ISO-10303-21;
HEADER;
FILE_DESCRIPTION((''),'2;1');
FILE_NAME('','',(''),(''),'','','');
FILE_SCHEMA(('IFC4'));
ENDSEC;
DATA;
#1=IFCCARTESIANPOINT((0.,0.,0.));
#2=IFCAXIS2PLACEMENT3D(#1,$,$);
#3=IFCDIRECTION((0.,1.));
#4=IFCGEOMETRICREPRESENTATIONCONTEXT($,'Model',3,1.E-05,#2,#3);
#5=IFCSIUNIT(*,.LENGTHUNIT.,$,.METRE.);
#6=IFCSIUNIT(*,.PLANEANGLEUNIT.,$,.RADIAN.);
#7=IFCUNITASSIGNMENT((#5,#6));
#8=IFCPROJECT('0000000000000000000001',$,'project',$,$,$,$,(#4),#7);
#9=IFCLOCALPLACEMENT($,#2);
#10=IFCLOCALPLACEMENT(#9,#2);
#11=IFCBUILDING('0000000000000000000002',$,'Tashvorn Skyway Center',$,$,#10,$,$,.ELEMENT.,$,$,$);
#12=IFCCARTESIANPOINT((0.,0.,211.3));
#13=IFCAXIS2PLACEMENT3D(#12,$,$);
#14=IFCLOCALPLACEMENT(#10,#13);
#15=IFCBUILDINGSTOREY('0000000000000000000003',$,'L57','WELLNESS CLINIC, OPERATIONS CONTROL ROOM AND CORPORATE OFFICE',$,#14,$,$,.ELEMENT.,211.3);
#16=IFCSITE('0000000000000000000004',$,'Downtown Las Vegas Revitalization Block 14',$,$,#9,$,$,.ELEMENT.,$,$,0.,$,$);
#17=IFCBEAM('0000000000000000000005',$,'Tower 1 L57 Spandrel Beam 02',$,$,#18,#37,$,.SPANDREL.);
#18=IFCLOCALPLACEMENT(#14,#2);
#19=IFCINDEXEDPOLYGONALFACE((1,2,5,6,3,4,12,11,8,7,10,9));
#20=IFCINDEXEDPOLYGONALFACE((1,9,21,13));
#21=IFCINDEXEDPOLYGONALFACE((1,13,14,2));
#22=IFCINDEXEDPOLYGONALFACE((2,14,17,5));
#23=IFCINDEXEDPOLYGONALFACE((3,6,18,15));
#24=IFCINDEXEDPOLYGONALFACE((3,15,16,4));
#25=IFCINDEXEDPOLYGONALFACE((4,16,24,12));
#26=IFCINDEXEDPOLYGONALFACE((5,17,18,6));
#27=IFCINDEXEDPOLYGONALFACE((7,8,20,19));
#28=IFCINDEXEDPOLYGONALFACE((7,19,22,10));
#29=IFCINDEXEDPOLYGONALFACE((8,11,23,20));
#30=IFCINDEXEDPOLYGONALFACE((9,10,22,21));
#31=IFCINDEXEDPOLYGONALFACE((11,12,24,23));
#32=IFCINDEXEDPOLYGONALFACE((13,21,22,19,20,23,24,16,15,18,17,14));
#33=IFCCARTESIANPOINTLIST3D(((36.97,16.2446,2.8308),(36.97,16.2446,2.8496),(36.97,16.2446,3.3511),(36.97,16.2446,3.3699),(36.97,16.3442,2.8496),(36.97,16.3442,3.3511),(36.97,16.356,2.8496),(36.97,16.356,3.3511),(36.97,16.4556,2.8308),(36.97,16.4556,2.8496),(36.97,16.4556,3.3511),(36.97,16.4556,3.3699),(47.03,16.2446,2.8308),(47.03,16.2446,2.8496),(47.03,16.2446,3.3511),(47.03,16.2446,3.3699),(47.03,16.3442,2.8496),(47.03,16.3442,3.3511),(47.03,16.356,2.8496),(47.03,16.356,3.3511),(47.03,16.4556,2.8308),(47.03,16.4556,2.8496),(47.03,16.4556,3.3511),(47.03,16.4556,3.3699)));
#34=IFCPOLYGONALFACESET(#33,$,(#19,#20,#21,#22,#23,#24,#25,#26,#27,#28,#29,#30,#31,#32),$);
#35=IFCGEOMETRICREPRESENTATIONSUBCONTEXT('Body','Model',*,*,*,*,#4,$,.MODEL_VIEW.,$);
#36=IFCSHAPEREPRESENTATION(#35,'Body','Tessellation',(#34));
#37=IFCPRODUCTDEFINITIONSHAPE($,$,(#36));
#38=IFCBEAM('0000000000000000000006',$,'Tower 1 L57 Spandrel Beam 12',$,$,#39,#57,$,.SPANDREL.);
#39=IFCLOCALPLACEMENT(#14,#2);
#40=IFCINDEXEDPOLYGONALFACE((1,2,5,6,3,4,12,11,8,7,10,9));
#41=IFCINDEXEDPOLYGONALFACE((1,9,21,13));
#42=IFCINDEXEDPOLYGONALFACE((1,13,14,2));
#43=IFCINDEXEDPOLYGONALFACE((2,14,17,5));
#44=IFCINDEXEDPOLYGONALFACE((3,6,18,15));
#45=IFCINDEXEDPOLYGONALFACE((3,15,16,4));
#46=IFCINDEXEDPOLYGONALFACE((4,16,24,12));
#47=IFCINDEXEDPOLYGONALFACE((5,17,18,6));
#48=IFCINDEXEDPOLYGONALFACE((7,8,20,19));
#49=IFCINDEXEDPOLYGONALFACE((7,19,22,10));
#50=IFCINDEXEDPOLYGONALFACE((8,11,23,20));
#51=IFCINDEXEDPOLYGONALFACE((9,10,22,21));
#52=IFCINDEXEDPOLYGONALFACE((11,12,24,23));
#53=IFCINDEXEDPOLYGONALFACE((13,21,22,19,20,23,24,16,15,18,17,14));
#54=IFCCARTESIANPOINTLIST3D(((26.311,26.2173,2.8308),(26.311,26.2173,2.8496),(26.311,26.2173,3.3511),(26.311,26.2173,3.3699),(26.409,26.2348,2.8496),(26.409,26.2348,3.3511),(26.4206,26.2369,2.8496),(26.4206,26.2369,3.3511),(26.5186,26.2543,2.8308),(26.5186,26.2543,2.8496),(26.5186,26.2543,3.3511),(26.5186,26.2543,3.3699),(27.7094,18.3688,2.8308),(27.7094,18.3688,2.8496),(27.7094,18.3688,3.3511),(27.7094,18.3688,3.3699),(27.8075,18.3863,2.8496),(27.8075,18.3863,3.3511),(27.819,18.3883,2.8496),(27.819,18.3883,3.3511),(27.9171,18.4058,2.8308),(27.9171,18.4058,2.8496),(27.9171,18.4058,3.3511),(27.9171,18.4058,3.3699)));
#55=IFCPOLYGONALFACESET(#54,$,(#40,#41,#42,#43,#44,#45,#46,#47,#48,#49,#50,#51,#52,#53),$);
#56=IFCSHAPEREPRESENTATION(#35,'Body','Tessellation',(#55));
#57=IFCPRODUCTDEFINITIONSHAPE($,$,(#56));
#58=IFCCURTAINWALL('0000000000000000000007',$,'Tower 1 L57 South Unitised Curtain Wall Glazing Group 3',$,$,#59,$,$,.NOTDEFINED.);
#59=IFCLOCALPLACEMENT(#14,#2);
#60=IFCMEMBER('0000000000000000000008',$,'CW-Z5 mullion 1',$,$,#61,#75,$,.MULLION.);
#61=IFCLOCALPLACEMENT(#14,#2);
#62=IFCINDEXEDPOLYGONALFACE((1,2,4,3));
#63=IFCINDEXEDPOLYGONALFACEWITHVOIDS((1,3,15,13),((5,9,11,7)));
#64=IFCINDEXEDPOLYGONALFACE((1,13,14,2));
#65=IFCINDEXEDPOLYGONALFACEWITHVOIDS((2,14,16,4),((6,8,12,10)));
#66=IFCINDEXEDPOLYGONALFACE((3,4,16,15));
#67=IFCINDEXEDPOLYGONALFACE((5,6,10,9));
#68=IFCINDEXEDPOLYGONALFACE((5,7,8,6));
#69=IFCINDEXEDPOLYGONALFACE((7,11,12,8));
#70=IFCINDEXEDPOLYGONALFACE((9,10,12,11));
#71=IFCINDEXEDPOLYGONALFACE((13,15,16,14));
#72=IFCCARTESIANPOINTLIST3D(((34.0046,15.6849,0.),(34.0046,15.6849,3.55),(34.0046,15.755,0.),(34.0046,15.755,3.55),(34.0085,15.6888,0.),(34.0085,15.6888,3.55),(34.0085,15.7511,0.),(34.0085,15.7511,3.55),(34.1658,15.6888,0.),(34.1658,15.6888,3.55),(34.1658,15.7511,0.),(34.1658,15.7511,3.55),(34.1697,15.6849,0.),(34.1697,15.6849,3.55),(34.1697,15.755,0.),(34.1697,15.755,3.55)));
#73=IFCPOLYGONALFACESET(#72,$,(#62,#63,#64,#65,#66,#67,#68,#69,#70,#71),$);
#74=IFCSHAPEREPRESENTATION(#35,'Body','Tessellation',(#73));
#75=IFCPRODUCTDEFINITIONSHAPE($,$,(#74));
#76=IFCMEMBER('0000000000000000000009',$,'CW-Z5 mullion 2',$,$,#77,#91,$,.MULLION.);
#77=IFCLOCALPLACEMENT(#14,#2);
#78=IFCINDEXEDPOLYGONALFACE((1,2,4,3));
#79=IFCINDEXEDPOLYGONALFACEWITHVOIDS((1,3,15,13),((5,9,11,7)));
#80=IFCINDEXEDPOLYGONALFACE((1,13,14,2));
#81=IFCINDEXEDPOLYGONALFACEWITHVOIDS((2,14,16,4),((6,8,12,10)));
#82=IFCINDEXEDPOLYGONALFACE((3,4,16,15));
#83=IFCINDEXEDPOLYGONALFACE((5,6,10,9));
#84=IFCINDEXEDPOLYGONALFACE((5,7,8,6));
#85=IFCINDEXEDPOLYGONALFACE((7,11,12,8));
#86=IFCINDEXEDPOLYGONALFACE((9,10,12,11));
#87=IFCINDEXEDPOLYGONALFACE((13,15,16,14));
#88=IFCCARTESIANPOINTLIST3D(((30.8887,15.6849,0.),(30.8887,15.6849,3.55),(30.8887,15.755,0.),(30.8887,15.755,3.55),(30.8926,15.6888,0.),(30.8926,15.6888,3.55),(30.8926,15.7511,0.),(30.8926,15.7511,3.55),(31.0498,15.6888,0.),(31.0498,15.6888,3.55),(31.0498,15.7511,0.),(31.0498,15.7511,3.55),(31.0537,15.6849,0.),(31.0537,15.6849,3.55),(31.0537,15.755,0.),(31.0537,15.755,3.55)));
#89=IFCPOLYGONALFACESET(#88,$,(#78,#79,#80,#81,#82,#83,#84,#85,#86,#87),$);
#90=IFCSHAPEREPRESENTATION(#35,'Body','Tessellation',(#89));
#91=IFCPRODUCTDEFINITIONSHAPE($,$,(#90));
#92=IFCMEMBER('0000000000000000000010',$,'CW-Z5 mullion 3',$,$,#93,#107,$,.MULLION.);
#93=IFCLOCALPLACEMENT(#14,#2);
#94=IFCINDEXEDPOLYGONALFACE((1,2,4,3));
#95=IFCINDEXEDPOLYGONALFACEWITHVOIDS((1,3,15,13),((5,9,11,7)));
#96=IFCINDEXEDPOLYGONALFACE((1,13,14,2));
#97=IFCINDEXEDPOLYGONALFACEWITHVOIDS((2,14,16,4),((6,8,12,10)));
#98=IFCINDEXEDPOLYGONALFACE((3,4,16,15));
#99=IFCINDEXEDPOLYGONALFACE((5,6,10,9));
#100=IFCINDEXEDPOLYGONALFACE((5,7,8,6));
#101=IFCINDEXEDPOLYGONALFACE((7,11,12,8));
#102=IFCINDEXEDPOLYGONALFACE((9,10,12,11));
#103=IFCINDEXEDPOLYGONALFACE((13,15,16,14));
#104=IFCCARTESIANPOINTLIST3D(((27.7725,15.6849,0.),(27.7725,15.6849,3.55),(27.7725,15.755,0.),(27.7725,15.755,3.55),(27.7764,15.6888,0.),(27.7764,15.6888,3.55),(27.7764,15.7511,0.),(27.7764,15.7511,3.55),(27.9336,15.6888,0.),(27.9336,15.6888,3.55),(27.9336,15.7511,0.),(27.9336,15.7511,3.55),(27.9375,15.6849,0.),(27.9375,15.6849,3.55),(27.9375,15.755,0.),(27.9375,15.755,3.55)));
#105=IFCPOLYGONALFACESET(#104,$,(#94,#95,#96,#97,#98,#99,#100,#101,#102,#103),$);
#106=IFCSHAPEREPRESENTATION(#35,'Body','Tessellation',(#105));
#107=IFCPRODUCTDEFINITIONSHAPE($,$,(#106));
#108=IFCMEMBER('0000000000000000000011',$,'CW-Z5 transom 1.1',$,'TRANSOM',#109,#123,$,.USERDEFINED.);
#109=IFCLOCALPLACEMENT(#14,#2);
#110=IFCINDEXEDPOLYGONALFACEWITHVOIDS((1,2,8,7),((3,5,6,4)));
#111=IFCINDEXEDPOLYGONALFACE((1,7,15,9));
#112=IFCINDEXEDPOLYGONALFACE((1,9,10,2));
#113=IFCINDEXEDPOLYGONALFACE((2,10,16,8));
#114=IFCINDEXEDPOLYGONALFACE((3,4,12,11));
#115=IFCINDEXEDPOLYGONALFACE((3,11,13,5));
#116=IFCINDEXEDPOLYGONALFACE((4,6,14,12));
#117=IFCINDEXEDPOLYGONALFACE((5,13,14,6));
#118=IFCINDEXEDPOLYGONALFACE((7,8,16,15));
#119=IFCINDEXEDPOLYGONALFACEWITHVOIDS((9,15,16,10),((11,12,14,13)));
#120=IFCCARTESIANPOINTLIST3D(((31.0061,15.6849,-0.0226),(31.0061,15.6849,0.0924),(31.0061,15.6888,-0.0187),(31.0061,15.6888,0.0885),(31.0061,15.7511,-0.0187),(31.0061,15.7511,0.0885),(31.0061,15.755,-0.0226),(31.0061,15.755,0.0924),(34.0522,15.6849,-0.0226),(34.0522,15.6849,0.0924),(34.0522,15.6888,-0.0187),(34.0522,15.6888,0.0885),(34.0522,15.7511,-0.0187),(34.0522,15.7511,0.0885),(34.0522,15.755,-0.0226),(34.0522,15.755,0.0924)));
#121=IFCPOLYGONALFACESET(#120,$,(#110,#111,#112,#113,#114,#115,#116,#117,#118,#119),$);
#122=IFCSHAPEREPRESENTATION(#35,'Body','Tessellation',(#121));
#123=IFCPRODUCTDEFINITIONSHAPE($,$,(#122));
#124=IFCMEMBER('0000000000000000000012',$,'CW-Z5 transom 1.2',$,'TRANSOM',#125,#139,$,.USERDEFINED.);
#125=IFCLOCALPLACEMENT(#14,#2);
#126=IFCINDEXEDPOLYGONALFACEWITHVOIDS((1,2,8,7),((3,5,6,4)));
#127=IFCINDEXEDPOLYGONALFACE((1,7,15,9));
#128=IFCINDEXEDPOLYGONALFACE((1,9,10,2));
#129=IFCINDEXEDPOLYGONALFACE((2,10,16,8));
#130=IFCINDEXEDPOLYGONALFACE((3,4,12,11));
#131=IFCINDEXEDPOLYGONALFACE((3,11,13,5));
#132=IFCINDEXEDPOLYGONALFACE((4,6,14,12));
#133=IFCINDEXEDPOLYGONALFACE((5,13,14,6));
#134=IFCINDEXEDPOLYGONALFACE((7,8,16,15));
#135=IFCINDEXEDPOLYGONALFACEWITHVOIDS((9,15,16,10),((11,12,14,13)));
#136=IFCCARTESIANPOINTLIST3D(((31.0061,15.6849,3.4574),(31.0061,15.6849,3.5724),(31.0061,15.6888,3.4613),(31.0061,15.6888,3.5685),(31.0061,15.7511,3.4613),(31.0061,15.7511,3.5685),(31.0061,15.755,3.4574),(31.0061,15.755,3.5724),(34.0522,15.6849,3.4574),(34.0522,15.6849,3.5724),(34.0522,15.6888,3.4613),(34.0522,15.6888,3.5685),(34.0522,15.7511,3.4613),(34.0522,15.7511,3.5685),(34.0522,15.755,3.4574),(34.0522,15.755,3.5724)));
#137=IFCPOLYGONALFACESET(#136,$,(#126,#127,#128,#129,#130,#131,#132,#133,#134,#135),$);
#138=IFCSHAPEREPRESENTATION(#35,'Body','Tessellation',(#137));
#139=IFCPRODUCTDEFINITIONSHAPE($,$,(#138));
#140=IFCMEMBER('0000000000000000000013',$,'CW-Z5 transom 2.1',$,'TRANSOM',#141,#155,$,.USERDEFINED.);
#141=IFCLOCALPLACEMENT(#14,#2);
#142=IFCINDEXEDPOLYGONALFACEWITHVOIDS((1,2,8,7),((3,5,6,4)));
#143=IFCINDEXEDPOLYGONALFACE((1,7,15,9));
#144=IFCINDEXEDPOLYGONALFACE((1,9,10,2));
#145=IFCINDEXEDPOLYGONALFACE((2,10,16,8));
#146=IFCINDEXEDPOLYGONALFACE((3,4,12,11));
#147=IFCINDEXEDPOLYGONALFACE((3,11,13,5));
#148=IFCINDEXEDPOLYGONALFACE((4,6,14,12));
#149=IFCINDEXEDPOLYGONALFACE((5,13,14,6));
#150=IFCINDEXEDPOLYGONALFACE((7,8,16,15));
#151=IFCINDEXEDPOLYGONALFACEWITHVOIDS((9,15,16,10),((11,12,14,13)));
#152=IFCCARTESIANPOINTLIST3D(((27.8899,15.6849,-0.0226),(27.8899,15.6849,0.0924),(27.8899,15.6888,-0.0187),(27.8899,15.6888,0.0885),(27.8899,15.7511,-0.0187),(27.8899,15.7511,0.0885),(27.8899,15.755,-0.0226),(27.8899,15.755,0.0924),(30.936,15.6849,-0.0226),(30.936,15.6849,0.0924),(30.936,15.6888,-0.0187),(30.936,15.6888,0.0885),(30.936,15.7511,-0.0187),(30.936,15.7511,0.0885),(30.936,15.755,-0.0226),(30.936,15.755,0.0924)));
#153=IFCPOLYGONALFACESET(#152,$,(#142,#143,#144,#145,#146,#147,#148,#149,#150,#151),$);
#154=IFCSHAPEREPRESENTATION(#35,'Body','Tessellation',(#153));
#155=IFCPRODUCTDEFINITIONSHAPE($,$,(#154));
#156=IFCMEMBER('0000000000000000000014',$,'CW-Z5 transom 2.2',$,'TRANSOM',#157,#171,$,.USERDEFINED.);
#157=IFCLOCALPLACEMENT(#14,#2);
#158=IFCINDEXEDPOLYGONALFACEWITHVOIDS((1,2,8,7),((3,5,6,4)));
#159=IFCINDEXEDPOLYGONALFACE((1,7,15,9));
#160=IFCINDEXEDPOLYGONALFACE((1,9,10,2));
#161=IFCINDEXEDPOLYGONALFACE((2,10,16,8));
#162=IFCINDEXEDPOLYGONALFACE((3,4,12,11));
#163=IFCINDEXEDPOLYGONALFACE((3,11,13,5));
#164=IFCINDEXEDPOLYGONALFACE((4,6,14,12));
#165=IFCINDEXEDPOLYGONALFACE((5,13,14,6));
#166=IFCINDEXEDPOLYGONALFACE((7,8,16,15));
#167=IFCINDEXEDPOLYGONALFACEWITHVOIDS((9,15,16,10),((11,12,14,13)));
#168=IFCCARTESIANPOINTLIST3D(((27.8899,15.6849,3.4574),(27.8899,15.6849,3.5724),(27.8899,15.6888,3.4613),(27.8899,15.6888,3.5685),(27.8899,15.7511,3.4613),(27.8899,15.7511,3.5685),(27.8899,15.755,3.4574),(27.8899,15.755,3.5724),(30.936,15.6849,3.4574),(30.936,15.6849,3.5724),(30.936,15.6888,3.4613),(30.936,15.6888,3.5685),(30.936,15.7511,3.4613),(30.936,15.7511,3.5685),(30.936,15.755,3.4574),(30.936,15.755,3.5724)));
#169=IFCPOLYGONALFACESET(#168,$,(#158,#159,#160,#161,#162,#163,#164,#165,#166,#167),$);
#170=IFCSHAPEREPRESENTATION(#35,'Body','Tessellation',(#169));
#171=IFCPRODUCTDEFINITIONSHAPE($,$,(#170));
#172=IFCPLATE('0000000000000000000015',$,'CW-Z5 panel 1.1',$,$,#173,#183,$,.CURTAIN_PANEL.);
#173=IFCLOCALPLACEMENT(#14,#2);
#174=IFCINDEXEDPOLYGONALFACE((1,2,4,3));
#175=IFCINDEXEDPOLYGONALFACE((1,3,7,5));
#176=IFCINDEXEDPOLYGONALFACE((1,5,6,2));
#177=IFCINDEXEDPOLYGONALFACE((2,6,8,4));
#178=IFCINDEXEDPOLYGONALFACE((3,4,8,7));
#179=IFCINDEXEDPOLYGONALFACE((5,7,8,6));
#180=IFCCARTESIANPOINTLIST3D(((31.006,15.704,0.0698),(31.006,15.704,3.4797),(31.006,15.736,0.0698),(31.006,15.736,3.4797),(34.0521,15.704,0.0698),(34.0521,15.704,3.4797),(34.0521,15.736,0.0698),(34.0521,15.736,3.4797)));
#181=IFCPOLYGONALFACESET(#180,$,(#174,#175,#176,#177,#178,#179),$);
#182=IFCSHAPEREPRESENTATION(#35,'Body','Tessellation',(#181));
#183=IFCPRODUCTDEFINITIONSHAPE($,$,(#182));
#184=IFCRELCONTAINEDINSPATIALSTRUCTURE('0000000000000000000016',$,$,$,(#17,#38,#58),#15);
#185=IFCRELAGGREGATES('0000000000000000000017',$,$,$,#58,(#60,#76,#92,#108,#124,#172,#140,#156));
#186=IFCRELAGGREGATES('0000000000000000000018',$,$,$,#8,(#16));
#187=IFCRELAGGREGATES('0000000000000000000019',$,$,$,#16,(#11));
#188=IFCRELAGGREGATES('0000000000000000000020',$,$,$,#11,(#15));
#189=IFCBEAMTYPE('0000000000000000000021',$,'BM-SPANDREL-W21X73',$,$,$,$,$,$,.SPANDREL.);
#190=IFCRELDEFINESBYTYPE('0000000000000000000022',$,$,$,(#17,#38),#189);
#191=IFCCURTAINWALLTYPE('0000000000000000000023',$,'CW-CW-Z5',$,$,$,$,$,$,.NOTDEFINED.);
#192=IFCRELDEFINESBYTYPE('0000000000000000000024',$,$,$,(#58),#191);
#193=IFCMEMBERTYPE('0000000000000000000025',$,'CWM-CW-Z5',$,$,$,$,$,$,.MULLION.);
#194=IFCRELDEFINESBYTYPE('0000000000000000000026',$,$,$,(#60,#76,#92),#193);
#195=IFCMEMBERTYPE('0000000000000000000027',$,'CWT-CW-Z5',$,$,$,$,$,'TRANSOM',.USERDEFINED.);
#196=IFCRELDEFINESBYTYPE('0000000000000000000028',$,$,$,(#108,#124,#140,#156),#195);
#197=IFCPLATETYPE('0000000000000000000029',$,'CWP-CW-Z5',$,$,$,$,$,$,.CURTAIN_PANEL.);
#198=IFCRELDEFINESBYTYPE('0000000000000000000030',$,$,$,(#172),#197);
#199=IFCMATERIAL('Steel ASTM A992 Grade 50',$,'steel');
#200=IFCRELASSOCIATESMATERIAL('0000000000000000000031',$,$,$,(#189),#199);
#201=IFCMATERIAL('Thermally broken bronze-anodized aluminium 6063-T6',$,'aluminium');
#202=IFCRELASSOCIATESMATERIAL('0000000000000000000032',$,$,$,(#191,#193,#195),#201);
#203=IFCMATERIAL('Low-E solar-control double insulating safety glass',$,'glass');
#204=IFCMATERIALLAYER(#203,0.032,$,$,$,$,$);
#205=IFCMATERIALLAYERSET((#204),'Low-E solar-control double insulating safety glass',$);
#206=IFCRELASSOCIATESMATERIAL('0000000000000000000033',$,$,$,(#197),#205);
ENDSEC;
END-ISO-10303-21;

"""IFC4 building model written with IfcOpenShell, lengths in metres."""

from ifc_helpers import new_model, si_unit, direction, frame, origin, origin_2d, place, context, subcontext, project, spatial, rectangle, hollow_rectangle, i_section, extrude, material, layer, layer_set, material_profile, profile_set, type_object, element, aggregate, save


model = new_model("IFC4")

# Units and contexts
model_context = context("Model", 3, precision=1e-05, world=origin(), true_north=direction((0.0, 1.0)))
body_context = subcontext(model_context, "Body", "Model", "MODEL_VIEW")
ifc_project = project(units=[si_unit("LENGTHUNIT", "METRE"), si_unit("PLANEANGLEUNIT", "RADIAN")], contexts=[model_context])

# Site, building, storey
site_placement = place(None, origin())
site = spatial("IfcSite", under=ifc_project, at=site_placement, Name="Downtown Las Vegas Revitalization Block 14", CompositionType="ELEMENT", RefElevation=0.0)
building_placement = place(site_placement, origin())
building = spatial("IfcBuilding", under=site, at=building_placement, Name="Tashvorn Skyway Center", CompositionType="ELEMENT")
storey_placement = place(building_placement, frame((0.0, 0.0, 211.3)))
storey = spatial("IfcBuildingStorey", under=building, at=storey_placement, Name="L57", Description="WELLNESS CLINIC, OPERATIONS CONTROL ROOM AND CORPORATE OFFICE", CompositionType="ELEMENT", Elevation=211.3)

# Beams
ifc_material_1 = material(Name="Steel ASTM A992 Grade 50", Category="steel")
ifc_material_profile_1 = material_profile(ifc_material_1, i_section(OverallWidth=0.2109, OverallDepth=0.5391, WebThickness=0.0117, FlangeThickness=0.0188, at=origin_2d()), Name="W21X73")
ifc_profile_set_1 = profile_set([ifc_material_profile_1], Name="Steel ASTM A992 Grade 50")
beam_type_1 = type_object("IfcBeamType", Name="BM-SPANDREL-W21X73", PredefinedType="SPANDREL", material=ifc_profile_set_1)
beam_1_placement = place(storey_placement, frame((36.97, 16.3501, 3.1003), z_axis=(1.0, 0.0, 0.0), x_axis=(0.0, 1.0, 0.0)))
element("IfcBeam", 1, at=beam_1_placement, inside=storey, type_object=beam_type_1, Name="Tower 1 L57 Spandrel Beam 02", PredefinedType="SPANDREL", context=body_context, shape_type="SweptSolid", body=[
    extrude(i_section(OverallWidth=0.2109, OverallDepth=0.5391, WebThickness=0.0117, FlangeThickness=0.0188, at=origin_2d()), origin(), (0.0, 0.0, 1.0), 10.0601),
])
beam_2_placement = place(storey_placement, frame((26.4148, 26.2358, 3.1003), z_axis=(0.175413, -0.984495, 0.0), x_axis=(0.984495, 0.175413, 0.0)))
element("IfcBeam", 2, at=beam_2_placement, inside=storey, type_object=beam_type_1, Name="Tower 1 L57 Spandrel Beam 12", PredefinedType="SPANDREL", context=body_context, shape_type="SweptSolid", body=[
    extrude(i_section(OverallWidth=0.2109, OverallDepth=0.5391, WebThickness=0.0117, FlangeThickness=0.0188, at=origin_2d()), origin(), (0.0, 0.0, 1.0), 7.9722),
])

# Curtain wall, members, plate
ifc_material_2 = material(Name="Thermally broken bronze-anodized aluminium 6063-T6", Category="aluminium")
curtain_wall_type = type_object("IfcCurtainWallType", Name="CW-CW-Z5", PredefinedType="NOTDEFINED", material=ifc_material_2)
curtain_wall_placement = place(storey_placement, origin())
curtain_wall = element("IfcCurtainWall", 3, at=curtain_wall_placement, inside=storey, type_object=curtain_wall_type, Name="Tower 1 L57 South Unitised Curtain Wall Glazing Group 3", PredefinedType="NOTDEFINED")
ifc_material_profile_2 = material_profile(ifc_material_2, hollow_rectangle(XDim=0.0701, YDim=0.165, WallThickness=0.0039, at=origin_2d()), Name="ALU-MULL-70x165")
ifc_profile_set_2 = profile_set([ifc_material_profile_2], Name="Thermally broken bronze-anodized aluminium 6063-T6")
member_type_1 = type_object("IfcMemberType", Name="CWM-CW-Z5", PredefinedType="MULLION", material=ifc_profile_set_2)
member_1_placement = place(storey_placement, frame((34.0872, 15.72, 0.0), z_axis=(0.0, 0.0, 1.0), x_axis=(0.0, -1.0, 0.0)))
member_1 = element("IfcMember", 4, at=member_1_placement, type_object=member_type_1, Name="CW-Z5 mullion 1", PredefinedType="MULLION", context=body_context, shape_type="SweptSolid", body=[
    extrude(hollow_rectangle(XDim=0.0701, YDim=0.165, WallThickness=0.0039, at=origin_2d()), origin(), (0.0, 0.0, 1.0), 3.55),
])
member_2_placement = place(storey_placement, frame((30.9712, 15.72, 0.0), z_axis=(0.0, 0.0, 1.0), x_axis=(0.0, -1.0, 0.0)))
member_2 = element("IfcMember", 5, at=member_2_placement, type_object=member_type_1, Name="CW-Z5 mullion 2", PredefinedType="MULLION", context=body_context, shape_type="SweptSolid", body=[
    extrude(hollow_rectangle(XDim=0.0701, YDim=0.165, WallThickness=0.0039, at=origin_2d()), origin(), (0.0, 0.0, 1.0), 3.55),
])
member_3_placement = place(storey_placement, frame((27.855, 15.72, 0.0), z_axis=(0.0, 0.0, 1.0), x_axis=(0.0, -1.0, 0.0)))
member_3 = element("IfcMember", 6, at=member_3_placement, type_object=member_type_1, Name="CW-Z5 mullion 3", PredefinedType="MULLION", context=body_context, shape_type="SweptSolid", body=[
    extrude(hollow_rectangle(XDim=0.0701, YDim=0.165, WallThickness=0.0039, at=origin_2d()), origin(), (0.0, 0.0, 1.0), 3.55),
])
ifc_material_profile_3 = material_profile(ifc_material_2, hollow_rectangle(XDim=0.0701, YDim=0.115, WallThickness=0.0039, at=origin_2d()), Name="ALU-TRAN-70x115")
ifc_profile_set_3 = profile_set([ifc_material_profile_3], Name="Thermally broken bronze-anodized aluminium 6063-T6")
member_type_2 = type_object("IfcMemberType", Name="CWT-CW-Z5", ElementType="TRANSOM", PredefinedType="USERDEFINED", material=ifc_profile_set_3)
member_4_placement = place(storey_placement, frame((34.0522, 15.72, 0.0349), z_axis=(-1.0, 0.0, 0.0), x_axis=(0.0, -1.0, 0.0)))
member_4 = element("IfcMember", 7, at=member_4_placement, type_object=member_type_2, Name="CW-Z5 transom 1.1", ObjectType="TRANSOM", PredefinedType="USERDEFINED", context=body_context, shape_type="SweptSolid", body=[
    extrude(hollow_rectangle(XDim=0.0701, YDim=0.115, WallThickness=0.0039, at=origin_2d()), origin(), (0.0, 0.0, 1.0), 3.0461),
])
member_5_placement = place(storey_placement, frame((34.0522, 15.72, 3.5149), z_axis=(-1.0, 0.0, 0.0), x_axis=(0.0, -1.0, 0.0)))
member_5 = element("IfcMember", 8, at=member_5_placement, type_object=member_type_2, Name="CW-Z5 transom 1.2", ObjectType="TRANSOM", PredefinedType="USERDEFINED", context=body_context, shape_type="SweptSolid", body=[
    extrude(hollow_rectangle(XDim=0.0701, YDim=0.115, WallThickness=0.0039, at=origin_2d()), origin(), (0.0, 0.0, 1.0), 3.0461),
])
member_6_placement = place(storey_placement, frame((30.936, 15.72, 0.0349), z_axis=(-1.0, 0.0, 0.0), x_axis=(0.0, -1.0, 0.0)))
member_6 = element("IfcMember", 9, at=member_6_placement, type_object=member_type_2, Name="CW-Z5 transom 2.1", ObjectType="TRANSOM", PredefinedType="USERDEFINED", context=body_context, shape_type="SweptSolid", body=[
    extrude(hollow_rectangle(XDim=0.0701, YDim=0.115, WallThickness=0.0039, at=origin_2d()), origin(), (0.0, 0.0, 1.0), 3.0461),
])
member_7_placement = place(storey_placement, frame((30.936, 15.72, 3.5149), z_axis=(-1.0, 0.0, 0.0), x_axis=(0.0, -1.0, 0.0)))
member_7 = element("IfcMember", 10, at=member_7_placement, type_object=member_type_2, Name="CW-Z5 transom 2.2", ObjectType="TRANSOM", PredefinedType="USERDEFINED", context=body_context, shape_type="SweptSolid", body=[
    extrude(hollow_rectangle(XDim=0.0701, YDim=0.115, WallThickness=0.0039, at=origin_2d()), origin(), (0.0, 0.0, 1.0), 3.0461),
])
ifc_material_3 = material(Name="Low-E solar-control double insulating safety glass", Category="glass")
ifc_layer_1 = layer(ifc_material_3, 0.032)
ifc_layer_set_1 = layer_set([ifc_layer_1], Name="Low-E solar-control double insulating safety glass")
plate_type = type_object("IfcPlateType", Name="CWP-CW-Z5", PredefinedType="CURTAIN_PANEL", material=ifc_layer_set_1)
plate_1_placement = place(storey_placement, frame((32.5291, 15.72, 0.0698), z_axis=(0.0, 0.0, 1.0), x_axis=(-1.0, 0.0, 0.0)))
plate_1 = element("IfcPlate", 11, at=plate_1_placement, type_object=plate_type, Name="CW-Z5 panel 1.1", PredefinedType="CURTAIN_PANEL", context=body_context, shape_type="SweptSolid", body=[
    extrude(rectangle(XDim=3.0461, YDim=0.032, at=origin_2d()), origin(), (0.0, 0.0, 1.0), 3.4099),
])
aggregate(curtain_wall, [member_1, member_2, member_3, member_4, member_5, plate_1, member_6, member_7])

save(model, "model.ifc")
